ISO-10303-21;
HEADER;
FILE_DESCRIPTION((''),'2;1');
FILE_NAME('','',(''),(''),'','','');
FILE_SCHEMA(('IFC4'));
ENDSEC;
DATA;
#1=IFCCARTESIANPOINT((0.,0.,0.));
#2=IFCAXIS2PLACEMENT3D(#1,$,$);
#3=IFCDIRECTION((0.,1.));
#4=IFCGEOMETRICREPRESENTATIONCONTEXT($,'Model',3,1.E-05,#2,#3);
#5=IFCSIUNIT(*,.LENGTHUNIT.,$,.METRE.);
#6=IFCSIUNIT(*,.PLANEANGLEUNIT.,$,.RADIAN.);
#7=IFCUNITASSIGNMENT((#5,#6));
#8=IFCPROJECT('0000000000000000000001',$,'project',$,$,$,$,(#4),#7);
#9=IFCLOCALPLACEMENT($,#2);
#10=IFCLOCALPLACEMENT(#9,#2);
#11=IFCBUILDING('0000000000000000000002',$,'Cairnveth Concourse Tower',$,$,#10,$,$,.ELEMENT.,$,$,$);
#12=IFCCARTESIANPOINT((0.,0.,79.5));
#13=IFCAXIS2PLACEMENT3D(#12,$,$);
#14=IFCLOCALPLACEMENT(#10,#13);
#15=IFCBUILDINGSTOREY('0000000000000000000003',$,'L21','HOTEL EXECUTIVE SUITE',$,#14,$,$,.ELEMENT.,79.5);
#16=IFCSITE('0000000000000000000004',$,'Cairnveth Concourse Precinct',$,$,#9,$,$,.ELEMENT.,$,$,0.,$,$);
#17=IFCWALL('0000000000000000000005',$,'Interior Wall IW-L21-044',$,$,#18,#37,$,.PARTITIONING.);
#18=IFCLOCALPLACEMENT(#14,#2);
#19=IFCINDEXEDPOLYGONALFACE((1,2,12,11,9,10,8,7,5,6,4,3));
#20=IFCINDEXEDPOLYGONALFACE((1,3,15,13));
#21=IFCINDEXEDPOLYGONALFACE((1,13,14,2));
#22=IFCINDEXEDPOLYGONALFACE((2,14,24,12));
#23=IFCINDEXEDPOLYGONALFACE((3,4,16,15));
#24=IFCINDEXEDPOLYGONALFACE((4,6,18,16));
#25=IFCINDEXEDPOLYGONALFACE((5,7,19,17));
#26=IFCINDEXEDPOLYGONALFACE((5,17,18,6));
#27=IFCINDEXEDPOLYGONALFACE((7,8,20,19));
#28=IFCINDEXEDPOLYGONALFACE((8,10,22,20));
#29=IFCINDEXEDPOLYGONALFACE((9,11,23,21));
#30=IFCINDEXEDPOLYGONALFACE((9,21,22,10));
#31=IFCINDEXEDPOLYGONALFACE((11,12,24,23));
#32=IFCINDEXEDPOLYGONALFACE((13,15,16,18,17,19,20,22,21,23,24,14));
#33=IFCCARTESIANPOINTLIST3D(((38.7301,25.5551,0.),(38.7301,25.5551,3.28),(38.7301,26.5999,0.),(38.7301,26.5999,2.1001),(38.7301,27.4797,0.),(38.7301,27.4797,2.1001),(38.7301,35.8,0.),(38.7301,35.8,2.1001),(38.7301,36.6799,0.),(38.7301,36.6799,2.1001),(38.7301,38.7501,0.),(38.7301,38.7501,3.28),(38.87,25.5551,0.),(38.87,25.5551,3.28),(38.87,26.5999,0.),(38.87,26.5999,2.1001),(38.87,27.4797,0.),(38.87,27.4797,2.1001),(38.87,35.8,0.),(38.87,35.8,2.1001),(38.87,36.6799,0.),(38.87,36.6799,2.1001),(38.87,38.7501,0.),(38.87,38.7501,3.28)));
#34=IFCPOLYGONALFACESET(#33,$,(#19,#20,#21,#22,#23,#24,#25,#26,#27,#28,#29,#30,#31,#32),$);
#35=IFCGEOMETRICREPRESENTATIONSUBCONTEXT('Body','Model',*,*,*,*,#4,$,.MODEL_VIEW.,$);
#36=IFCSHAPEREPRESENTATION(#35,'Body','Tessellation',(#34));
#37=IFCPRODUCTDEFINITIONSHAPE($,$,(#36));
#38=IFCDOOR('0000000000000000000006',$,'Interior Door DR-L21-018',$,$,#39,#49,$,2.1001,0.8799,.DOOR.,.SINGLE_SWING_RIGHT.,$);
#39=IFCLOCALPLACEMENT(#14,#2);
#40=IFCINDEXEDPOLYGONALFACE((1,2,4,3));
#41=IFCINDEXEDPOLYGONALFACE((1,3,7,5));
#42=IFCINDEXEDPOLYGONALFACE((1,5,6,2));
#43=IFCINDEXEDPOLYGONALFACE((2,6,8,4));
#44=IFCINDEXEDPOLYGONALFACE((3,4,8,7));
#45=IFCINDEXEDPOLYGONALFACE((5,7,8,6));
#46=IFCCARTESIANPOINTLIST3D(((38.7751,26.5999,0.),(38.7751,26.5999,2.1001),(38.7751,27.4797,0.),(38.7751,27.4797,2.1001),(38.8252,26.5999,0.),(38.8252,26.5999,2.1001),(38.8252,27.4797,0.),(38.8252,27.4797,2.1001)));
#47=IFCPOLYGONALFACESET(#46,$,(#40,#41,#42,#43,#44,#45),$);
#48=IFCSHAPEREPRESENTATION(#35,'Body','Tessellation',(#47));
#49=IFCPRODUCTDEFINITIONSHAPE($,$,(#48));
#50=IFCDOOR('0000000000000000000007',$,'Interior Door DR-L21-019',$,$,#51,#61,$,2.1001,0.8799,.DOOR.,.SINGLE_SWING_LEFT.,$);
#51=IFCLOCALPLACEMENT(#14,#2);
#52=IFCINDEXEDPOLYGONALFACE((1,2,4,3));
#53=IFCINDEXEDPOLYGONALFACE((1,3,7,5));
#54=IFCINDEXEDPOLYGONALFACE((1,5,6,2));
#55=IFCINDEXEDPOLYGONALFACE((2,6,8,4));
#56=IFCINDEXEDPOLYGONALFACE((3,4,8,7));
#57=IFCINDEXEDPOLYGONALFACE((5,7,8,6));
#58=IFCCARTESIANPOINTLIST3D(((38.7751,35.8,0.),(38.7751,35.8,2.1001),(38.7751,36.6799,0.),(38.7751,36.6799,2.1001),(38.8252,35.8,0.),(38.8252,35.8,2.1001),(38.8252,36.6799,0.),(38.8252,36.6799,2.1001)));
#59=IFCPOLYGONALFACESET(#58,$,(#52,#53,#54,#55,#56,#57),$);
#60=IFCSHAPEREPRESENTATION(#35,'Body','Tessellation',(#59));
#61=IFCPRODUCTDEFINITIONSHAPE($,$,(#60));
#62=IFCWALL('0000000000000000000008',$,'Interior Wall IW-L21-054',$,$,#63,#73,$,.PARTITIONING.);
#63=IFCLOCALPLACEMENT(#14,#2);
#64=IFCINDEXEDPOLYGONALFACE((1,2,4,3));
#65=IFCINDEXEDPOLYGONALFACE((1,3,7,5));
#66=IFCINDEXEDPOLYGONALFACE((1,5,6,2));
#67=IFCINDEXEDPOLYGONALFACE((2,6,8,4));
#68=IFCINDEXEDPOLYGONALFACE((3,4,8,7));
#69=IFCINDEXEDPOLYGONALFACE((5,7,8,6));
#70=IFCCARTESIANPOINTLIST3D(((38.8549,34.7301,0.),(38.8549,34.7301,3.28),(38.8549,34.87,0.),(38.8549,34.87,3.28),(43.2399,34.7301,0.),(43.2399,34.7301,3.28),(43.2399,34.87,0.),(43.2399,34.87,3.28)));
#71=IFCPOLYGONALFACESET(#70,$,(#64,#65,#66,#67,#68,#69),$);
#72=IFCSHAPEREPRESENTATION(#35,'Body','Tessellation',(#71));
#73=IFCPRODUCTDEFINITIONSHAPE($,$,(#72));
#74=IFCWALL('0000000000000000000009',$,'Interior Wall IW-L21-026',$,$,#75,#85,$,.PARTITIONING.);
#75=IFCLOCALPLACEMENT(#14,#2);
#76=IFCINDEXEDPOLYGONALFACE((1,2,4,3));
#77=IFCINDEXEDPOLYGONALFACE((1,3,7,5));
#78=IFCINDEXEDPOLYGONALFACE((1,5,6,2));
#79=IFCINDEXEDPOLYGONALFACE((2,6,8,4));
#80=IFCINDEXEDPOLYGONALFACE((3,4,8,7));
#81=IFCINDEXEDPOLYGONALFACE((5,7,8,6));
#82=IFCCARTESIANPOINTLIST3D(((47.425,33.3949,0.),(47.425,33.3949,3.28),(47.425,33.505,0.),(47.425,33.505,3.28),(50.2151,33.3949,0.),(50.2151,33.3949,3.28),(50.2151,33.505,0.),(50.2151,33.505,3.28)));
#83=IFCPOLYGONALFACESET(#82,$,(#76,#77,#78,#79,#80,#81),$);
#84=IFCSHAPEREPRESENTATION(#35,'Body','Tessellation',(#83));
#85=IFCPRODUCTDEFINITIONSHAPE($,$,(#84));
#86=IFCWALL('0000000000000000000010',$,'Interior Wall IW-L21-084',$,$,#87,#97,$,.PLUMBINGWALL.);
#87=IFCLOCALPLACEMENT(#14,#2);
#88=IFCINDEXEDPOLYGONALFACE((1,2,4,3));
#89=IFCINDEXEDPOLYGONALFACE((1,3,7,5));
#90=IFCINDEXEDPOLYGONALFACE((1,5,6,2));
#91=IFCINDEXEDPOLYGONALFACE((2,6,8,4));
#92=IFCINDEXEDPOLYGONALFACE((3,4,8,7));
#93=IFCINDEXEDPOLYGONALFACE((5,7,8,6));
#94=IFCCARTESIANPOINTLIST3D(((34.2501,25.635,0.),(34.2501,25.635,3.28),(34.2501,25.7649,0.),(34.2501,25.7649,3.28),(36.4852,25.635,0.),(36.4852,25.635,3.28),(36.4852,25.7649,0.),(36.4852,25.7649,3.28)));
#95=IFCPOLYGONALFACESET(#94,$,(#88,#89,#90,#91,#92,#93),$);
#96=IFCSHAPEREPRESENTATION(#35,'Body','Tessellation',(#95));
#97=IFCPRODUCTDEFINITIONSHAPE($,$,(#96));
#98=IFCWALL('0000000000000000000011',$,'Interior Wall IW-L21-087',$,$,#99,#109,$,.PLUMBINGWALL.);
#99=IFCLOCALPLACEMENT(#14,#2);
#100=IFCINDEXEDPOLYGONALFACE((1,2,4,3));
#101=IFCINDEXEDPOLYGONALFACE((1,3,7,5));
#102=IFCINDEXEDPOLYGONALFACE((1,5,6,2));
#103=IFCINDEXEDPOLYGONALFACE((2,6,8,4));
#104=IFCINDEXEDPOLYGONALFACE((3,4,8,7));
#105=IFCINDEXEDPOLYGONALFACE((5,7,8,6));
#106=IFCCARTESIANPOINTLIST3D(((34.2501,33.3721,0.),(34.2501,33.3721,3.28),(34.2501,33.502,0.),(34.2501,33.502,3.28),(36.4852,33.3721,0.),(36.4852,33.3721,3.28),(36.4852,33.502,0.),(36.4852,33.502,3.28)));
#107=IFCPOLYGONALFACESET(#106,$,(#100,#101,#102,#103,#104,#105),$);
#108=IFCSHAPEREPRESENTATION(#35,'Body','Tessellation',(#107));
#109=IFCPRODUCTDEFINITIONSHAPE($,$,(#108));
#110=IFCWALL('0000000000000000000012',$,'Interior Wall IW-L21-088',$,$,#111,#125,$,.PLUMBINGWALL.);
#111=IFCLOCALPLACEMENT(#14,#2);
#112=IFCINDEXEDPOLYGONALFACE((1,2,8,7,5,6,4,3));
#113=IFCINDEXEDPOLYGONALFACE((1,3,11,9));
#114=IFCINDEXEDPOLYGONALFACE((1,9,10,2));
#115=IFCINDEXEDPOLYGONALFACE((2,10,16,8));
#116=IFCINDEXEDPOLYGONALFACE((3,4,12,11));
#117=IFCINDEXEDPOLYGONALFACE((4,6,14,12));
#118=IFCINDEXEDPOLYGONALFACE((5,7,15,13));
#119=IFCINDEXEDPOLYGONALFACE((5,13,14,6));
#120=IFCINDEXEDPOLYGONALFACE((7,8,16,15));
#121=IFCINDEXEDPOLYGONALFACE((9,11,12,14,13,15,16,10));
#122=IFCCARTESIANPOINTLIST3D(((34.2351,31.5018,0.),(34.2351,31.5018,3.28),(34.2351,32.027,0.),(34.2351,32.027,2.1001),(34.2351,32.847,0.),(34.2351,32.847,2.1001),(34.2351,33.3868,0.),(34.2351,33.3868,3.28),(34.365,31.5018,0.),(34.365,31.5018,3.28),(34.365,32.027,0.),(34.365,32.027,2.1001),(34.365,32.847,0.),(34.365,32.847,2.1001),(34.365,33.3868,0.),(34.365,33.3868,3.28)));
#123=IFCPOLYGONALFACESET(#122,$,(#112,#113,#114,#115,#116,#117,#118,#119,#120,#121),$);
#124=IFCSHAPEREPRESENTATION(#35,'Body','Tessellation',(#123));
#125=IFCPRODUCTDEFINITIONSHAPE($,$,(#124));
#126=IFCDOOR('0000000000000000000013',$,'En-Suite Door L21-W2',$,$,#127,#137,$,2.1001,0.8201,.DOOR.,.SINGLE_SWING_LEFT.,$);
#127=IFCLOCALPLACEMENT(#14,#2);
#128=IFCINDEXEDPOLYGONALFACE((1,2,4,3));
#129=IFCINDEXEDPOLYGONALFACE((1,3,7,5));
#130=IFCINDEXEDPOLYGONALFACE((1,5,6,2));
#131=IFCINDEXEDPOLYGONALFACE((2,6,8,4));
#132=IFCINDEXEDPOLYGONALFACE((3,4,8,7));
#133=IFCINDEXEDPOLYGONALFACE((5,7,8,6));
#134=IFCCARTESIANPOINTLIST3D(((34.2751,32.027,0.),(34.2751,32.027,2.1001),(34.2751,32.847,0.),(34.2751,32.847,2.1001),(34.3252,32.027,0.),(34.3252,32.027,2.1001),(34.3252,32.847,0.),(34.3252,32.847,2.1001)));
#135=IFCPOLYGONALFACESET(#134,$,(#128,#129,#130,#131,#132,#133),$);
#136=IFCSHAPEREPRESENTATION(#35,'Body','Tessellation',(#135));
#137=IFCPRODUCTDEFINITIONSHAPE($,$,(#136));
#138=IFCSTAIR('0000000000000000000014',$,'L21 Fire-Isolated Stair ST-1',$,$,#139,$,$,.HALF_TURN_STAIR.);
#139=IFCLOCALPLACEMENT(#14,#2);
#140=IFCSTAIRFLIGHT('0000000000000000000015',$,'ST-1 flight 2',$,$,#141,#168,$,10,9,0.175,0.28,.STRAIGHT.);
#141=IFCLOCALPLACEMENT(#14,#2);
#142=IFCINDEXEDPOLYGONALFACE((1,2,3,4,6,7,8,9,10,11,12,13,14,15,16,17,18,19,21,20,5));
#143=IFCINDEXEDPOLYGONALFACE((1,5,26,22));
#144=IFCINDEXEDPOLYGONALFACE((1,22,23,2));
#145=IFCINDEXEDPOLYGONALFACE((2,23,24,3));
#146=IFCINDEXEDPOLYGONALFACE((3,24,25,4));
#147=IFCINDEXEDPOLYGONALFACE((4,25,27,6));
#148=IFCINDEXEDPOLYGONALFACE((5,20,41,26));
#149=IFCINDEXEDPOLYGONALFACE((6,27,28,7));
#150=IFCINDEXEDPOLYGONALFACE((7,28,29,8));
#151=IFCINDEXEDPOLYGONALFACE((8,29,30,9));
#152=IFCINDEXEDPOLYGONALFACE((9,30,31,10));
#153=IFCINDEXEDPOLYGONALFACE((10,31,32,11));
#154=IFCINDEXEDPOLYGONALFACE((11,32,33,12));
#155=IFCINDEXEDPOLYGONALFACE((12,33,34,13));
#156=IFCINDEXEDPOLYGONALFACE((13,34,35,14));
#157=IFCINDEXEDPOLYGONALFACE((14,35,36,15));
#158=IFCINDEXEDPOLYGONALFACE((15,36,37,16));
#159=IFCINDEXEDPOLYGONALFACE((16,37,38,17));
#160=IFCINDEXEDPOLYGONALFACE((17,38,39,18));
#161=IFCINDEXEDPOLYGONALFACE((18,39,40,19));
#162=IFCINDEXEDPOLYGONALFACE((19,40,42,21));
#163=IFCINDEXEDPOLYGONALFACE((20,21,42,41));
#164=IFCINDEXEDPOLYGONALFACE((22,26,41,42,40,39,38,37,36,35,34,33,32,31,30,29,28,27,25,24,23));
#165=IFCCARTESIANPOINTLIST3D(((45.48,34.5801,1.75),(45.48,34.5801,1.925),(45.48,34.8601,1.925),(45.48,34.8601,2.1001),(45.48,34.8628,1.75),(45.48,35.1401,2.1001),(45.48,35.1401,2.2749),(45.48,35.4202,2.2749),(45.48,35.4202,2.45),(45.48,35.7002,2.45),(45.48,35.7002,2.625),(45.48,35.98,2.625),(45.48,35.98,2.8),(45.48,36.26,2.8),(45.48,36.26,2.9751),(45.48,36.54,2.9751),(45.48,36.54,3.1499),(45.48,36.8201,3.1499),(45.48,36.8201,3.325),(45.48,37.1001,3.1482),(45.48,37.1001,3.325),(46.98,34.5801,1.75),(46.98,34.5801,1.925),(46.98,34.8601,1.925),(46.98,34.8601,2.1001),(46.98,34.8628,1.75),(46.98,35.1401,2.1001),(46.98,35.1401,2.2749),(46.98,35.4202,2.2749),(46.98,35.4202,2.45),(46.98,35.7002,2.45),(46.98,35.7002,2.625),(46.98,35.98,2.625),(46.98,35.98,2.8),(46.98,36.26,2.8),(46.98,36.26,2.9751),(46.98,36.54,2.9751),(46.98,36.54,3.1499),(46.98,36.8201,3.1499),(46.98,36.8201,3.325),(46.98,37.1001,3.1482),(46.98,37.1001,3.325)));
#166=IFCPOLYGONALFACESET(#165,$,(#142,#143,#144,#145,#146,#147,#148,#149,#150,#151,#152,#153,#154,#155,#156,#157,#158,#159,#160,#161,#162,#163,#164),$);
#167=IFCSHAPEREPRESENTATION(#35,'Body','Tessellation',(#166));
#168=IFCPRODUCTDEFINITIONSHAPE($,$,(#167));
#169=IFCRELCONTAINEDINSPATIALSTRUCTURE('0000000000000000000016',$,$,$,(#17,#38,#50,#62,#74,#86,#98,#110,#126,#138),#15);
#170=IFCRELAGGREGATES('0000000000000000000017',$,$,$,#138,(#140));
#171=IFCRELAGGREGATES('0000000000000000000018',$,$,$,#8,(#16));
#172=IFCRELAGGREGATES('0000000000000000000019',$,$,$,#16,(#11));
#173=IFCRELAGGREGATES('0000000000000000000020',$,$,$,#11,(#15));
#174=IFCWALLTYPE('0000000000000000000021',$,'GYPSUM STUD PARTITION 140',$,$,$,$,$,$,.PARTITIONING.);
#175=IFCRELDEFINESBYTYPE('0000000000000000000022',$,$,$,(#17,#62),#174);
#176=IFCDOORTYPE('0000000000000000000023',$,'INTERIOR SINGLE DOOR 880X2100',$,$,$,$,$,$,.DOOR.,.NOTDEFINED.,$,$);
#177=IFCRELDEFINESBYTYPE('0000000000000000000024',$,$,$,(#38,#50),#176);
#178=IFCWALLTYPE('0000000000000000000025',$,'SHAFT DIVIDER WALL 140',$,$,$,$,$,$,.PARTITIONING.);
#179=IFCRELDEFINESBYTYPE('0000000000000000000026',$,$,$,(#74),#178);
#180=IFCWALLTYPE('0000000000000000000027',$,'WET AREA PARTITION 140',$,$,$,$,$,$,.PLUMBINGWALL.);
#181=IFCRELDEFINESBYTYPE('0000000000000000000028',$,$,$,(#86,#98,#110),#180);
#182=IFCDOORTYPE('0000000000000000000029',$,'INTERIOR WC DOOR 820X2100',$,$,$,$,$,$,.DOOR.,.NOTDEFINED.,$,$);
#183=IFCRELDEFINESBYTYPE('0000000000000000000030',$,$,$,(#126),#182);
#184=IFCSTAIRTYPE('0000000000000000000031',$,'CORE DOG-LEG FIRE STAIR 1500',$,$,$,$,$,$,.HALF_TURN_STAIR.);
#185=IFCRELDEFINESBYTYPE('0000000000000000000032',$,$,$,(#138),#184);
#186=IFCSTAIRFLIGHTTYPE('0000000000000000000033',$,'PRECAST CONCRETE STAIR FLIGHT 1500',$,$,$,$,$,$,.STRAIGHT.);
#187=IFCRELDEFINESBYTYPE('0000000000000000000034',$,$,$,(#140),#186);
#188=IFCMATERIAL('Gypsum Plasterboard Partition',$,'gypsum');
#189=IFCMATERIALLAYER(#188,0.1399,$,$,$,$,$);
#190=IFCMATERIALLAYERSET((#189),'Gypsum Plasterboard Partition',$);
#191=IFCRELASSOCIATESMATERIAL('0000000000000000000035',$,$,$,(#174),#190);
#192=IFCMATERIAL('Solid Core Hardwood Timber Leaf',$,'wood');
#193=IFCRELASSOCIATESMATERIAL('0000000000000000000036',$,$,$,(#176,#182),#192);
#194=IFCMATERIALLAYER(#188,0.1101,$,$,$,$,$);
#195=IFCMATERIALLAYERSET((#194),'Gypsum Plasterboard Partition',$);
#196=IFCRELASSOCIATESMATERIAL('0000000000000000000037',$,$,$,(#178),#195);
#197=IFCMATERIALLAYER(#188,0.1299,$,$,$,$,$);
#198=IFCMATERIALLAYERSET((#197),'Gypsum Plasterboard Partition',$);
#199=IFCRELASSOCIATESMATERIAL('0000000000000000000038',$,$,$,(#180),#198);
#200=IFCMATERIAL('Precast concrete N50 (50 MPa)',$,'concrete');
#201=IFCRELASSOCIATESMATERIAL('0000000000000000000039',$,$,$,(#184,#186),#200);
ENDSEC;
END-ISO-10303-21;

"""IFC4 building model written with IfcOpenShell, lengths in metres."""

from ifc_helpers import new_model, si_unit, direction, frame, frame_2d, origin, place, context, subcontext, project, spatial, polyline, rectangle, outline, extrude, material, layer, layer_set, type_object, element, fill, aggregate, save


model = new_model("IFC4")

# Units and contexts
model_context = context("Model", 3, precision=1e-05, world=origin(), true_north=direction((0.0, 1.0)))
body_context = subcontext(model_context, "Body", "Model", "MODEL_VIEW")
ifc_project = project(units=[si_unit("LENGTHUNIT", "METRE"), si_unit("PLANEANGLEUNIT", "RADIAN")], contexts=[model_context])

# Site, building, storey
site_placement = place(None, origin())
site = spatial("IfcSite", under=ifc_project, at=site_placement, Name="Cairnveth Concourse Precinct", CompositionType="ELEMENT", RefElevation=0.0)
building_placement = place(site_placement, origin())
building = spatial("IfcBuilding", under=site, at=building_placement, Name="Cairnveth Concourse Tower", CompositionType="ELEMENT")
storey_placement = place(building_placement, frame((0.0, 0.0, 79.5)))
storey = spatial("IfcBuildingStorey", under=building, at=storey_placement, Name="L21", Description="HOTEL EXECUTIVE SUITE", CompositionType="ELEMENT", Elevation=79.5)

# Wall, openings, doors
ifc_material_1 = material(Name="Gypsum Plasterboard Partition", Category="gypsum")
ifc_layer_1 = layer(ifc_material_1, 0.1399)
ifc_layer_set_1 = layer_set([ifc_layer_1], Name="Gypsum Plasterboard Partition")
wall_type_1 = type_object("IfcWallType", Name="GYPSUM STUD PARTITION 140", PredefinedType="PARTITIONING", material=ifc_layer_set_1)
ifc_material_2 = material(Name="Solid Core Hardwood Timber Leaf", Category="wood")
wall_1_placement = place(storey_placement, frame((38.8, 25.5549, 0.0), z_axis=(0.0, 0.0, 1.0), x_axis=(0.0, 1.0, 0.0)))
wall_1 = element("IfcWall", 1, at=wall_1_placement, inside=storey, type_object=wall_type_1, Name="Interior Wall IW-L21-044", PredefinedType="PARTITIONING", context=body_context, shape_type="SweptSolid", body=[
    extrude(rectangle(XDim=13.1951, YDim=0.1399, at=frame_2d((6.5977, 0.0))), origin(), (0.0, 0.0, 1.0), 3.28),
])
opening_1_placement = place(wall_1_placement, frame((1.0449, 0.0, 0.0)))
opening_1 = element("IfcOpeningElement", 2, at=opening_1_placement, cuts=wall_1, PredefinedType="OPENING", context=body_context, shape_type="SweptSolid", body=[
    extrude(rectangle(XDim=0.8799, YDim=2.1001, at=frame_2d((0.4399, 1.05))), frame((0.0, 0.0798, 0.0), z_axis=(0.0, -1.0, 0.0), x_axis=(1.0, 0.0, 0.0)), (0.0, 0.0, 1.0), 0.1599),
])
opening_2_placement = place(wall_1_placement, frame((10.2451, 0.0, 0.0)))
opening_2 = element("IfcOpeningElement", 3, at=opening_2_placement, cuts=wall_1, PredefinedType="OPENING", context=body_context, shape_type="SweptSolid", body=[
    extrude(rectangle(XDim=0.8799, YDim=2.1001, at=frame_2d((0.4399, 1.05))), frame((0.0, 0.0798, 0.0), z_axis=(0.0, -1.0, 0.0), x_axis=(1.0, 0.0, 0.0)), (0.0, 0.0, 1.0), 0.1599),
])
door_type_1 = type_object("IfcDoorType", Name="INTERIOR SINGLE DOOR 880X2100", OperationType="NOTDEFINED", PredefinedType="DOOR", material=ifc_material_2)
door_1_placement = place(opening_1_placement, origin())
door_1 = element("IfcDoor", 4, at=door_1_placement, inside=storey, type_object=door_type_1, Name="Interior Door DR-L21-018", OperationType="SINGLE_SWING_RIGHT", OverallHeight=2.1001, OverallWidth=0.8799, PredefinedType="DOOR", context=body_context, shape_type="SweptSolid", body=[
    extrude(rectangle(XDim=0.8799, YDim=2.1001, at=frame_2d((0.4399, 1.05))), frame((0.0, 0.0249, 0.0), z_axis=(0.0, -1.0, 0.0), x_axis=(1.0, 0.0, 0.0)), (0.0, 0.0, 1.0), 0.05),
])
fill(opening_1, door_1)
door_2_placement = place(opening_2_placement, origin())
door_2 = element("IfcDoor", 5, at=door_2_placement, inside=storey, type_object=door_type_1, Name="Interior Door DR-L21-019", OperationType="SINGLE_SWING_LEFT", OverallHeight=2.1001, OverallWidth=0.8799, PredefinedType="DOOR", context=body_context, shape_type="SweptSolid", body=[
    extrude(rectangle(XDim=0.8799, YDim=2.1001, at=frame_2d((0.4399, 1.05))), frame((0.0, 0.0249, 0.0), z_axis=(0.0, -1.0, 0.0), x_axis=(1.0, 0.0, 0.0)), (0.0, 0.0, 1.0), 0.05),
])
fill(opening_2, door_2)

# Walls
wall_2_placement = place(storey_placement, frame((38.855, 34.8, 0.0), z_axis=(0.0, 0.0, 1.0), x_axis=(1.0, 0.0, 0.0)))
element("IfcWall", 6, at=wall_2_placement, inside=storey, type_object=wall_type_1, Name="Interior Wall IW-L21-054", PredefinedType="PARTITIONING", context=body_context, shape_type="SweptSolid", body=[
    extrude(rectangle(XDim=4.385, YDim=0.1399, at=frame_2d((2.1924, 0.0))), origin(), (0.0, 0.0, 1.0), 3.28),
])
ifc_layer_2 = layer(ifc_material_1, 0.1101)
ifc_layer_set_2 = layer_set([ifc_layer_2], Name="Gypsum Plasterboard Partition")
wall_type_2 = type_object("IfcWallType", Name="SHAFT DIVIDER WALL 140", PredefinedType="PARTITIONING", material=ifc_layer_set_2)
wall_3_placement = place(storey_placement, frame((47.425, 33.45, 0.0), z_axis=(0.0, 0.0, 1.0), x_axis=(1.0, 0.0, 0.0)))
element("IfcWall", 7, at=wall_3_placement, inside=storey, type_object=wall_type_2, Name="Interior Wall IW-L21-026", PredefinedType="PARTITIONING", context=body_context, shape_type="SweptSolid", body=[
    extrude(rectangle(XDim=2.79, YDim=0.1101, at=frame_2d((1.395, 0.0))), origin(), (0.0, 0.0, 1.0), 3.28),
])
ifc_layer_3 = layer(ifc_material_1, 0.1299)
ifc_layer_set_3 = layer_set([ifc_layer_3], Name="Gypsum Plasterboard Partition")
wall_type_3 = type_object("IfcWallType", Name="WET AREA PARTITION 140", PredefinedType="PLUMBINGWALL", material=ifc_layer_set_3)
for number, where, z_axis, x_axis, name in (
    (8, (34.25, 25.7, 0.0), (0.0, 0.0, 1.0), (1.0, 0.0, 0.0), "Interior Wall IW-L21-084"),
    (9, (34.25, 33.437, 0.0), (0.0, 0.0, 1.0), (1.0, 0.0, 0.0), "Interior Wall IW-L21-087"),
):
    element("IfcWall", number, at=place(storey_placement, frame(where, z_axis=z_axis, x_axis=x_axis)), inside=storey, type_object=wall_type_3, Name=name, PredefinedType="PLUMBINGWALL", context=body_context, shape_type="SweptSolid", body=[
        extrude(rectangle(XDim=2.2351, YDim=0.1299, at=frame_2d((1.1177, 0.0))), origin(), (0.0, 0.0, 1.0), 3.28),
    ])

# Wall, opening, door
wall_4_placement = place(storey_placement, frame((34.3, 31.502, 0.0), z_axis=(0.0, 0.0, 1.0), x_axis=(0.0, 1.0, 0.0)))
wall_4 = element("IfcWall", 10, at=wall_4_placement, inside=storey, type_object=wall_type_3, Name="Interior Wall IW-L21-088", PredefinedType="PLUMBINGWALL", context=body_context, shape_type="SweptSolid", body=[
    extrude(rectangle(XDim=1.885, YDim=0.1299, at=frame_2d((0.9424, 0.0))), origin(), (0.0, 0.0, 1.0), 3.28),
])
opening_3_placement = place(wall_4_placement, frame((0.5249, 0.0, 0.0)))
opening_3 = element("IfcOpeningElement", 11, at=opening_3_placement, cuts=wall_4, PredefinedType="OPENING", context=body_context, shape_type="SweptSolid", body=[
    extrude(rectangle(XDim=0.8201, YDim=2.1001, at=frame_2d((0.4102, 1.05))), frame((0.0, 0.075, 0.0), z_axis=(0.0, -1.0, 0.0), x_axis=(1.0, 0.0, 0.0)), (0.0, 0.0, 1.0), 0.1499),
])
door_type_2 = type_object("IfcDoorType", Name="INTERIOR WC DOOR 820X2100", OperationType="NOTDEFINED", PredefinedType="DOOR", material=ifc_material_2)
door_3_placement = place(opening_3_placement, origin())
door_3 = element("IfcDoor", 12, at=door_3_placement, inside=storey, type_object=door_type_2, Name="En-Suite Door L21-W2", OperationType="SINGLE_SWING_LEFT", OverallHeight=2.1001, OverallWidth=0.8201, PredefinedType="DOOR", context=body_context, shape_type="SweptSolid", body=[
    extrude(rectangle(XDim=0.8201, YDim=2.1001, at=frame_2d((0.4102, 1.05))), frame((0.0, 0.0249, 0.0), z_axis=(0.0, -1.0, 0.0), x_axis=(1.0, 0.0, 0.0)), (0.0, 0.0, 1.0), 0.05),
])
fill(opening_3, door_3)

# Stair, stair flight
ifc_material_3 = material(Name="Precast concrete N50 (50 MPa)", Category="concrete")
stair_type = type_object("IfcStairType", Name="CORE DOG-LEG FIRE STAIR 1500", PredefinedType="HALF_TURN_STAIR", material=ifc_material_3)
stair_placement = place(storey_placement, origin())
stair = element("IfcStair", 13, at=stair_placement, inside=storey, type_object=stair_type, Name="L21 Fire-Isolated Stair ST-1", PredefinedType="HALF_TURN_STAIR")
stair_flight_type = type_object("IfcStairFlightType", Name="PRECAST CONCRETE STAIR FLIGHT 1500", PredefinedType="STRAIGHT", material=ifc_material_3)
stair_flight_placement = place(storey_placement, frame((46.23, 34.5801, 1.75), z_axis=(0.0, 0.0, 1.0), x_axis=(0.0, 1.0, 0.0)))
stair_flight = element("IfcStairFlight", 14, at=stair_flight_placement, type_object=stair_flight_type, Name="ST-1 flight 2", NumberOfRisers=10, NumberOfTreads=9, PredefinedType="STRAIGHT", RiserHeight=0.175, TreadLength=0.28, context=body_context, shape_type="SweptSolid", body=[
    extrude(outline(polyline([(0.0, 0.0), (0.0, 0.175), (0.28, 0.175), (0.28, 0.3501), (0.5601, 0.3501), (0.5601, 0.5249), (0.8401, 0.5249), (0.8401, 0.7), (1.1201, 0.7), (1.1201, 0.875), (1.3999, 0.875), (1.3999, 1.05), (1.6799, 1.05), (1.6799, 1.2251), (1.96, 1.2251), (1.96, 1.3999), (2.24, 1.3999), (2.24, 1.575), (2.52, 1.575), (2.52, 1.75), (2.52, 1.3982), (0.2827, 0.0), (0.0, 0.0)])), frame((0.0, 0.75, 0.0), z_axis=(0.0, -1.0, 0.0), x_axis=(1.0, 0.0, 0.0)), (0.0, 0.0, 1.0), 1.5),
])
aggregate(stair, [stair_flight])

save(model, "model.ifc")
